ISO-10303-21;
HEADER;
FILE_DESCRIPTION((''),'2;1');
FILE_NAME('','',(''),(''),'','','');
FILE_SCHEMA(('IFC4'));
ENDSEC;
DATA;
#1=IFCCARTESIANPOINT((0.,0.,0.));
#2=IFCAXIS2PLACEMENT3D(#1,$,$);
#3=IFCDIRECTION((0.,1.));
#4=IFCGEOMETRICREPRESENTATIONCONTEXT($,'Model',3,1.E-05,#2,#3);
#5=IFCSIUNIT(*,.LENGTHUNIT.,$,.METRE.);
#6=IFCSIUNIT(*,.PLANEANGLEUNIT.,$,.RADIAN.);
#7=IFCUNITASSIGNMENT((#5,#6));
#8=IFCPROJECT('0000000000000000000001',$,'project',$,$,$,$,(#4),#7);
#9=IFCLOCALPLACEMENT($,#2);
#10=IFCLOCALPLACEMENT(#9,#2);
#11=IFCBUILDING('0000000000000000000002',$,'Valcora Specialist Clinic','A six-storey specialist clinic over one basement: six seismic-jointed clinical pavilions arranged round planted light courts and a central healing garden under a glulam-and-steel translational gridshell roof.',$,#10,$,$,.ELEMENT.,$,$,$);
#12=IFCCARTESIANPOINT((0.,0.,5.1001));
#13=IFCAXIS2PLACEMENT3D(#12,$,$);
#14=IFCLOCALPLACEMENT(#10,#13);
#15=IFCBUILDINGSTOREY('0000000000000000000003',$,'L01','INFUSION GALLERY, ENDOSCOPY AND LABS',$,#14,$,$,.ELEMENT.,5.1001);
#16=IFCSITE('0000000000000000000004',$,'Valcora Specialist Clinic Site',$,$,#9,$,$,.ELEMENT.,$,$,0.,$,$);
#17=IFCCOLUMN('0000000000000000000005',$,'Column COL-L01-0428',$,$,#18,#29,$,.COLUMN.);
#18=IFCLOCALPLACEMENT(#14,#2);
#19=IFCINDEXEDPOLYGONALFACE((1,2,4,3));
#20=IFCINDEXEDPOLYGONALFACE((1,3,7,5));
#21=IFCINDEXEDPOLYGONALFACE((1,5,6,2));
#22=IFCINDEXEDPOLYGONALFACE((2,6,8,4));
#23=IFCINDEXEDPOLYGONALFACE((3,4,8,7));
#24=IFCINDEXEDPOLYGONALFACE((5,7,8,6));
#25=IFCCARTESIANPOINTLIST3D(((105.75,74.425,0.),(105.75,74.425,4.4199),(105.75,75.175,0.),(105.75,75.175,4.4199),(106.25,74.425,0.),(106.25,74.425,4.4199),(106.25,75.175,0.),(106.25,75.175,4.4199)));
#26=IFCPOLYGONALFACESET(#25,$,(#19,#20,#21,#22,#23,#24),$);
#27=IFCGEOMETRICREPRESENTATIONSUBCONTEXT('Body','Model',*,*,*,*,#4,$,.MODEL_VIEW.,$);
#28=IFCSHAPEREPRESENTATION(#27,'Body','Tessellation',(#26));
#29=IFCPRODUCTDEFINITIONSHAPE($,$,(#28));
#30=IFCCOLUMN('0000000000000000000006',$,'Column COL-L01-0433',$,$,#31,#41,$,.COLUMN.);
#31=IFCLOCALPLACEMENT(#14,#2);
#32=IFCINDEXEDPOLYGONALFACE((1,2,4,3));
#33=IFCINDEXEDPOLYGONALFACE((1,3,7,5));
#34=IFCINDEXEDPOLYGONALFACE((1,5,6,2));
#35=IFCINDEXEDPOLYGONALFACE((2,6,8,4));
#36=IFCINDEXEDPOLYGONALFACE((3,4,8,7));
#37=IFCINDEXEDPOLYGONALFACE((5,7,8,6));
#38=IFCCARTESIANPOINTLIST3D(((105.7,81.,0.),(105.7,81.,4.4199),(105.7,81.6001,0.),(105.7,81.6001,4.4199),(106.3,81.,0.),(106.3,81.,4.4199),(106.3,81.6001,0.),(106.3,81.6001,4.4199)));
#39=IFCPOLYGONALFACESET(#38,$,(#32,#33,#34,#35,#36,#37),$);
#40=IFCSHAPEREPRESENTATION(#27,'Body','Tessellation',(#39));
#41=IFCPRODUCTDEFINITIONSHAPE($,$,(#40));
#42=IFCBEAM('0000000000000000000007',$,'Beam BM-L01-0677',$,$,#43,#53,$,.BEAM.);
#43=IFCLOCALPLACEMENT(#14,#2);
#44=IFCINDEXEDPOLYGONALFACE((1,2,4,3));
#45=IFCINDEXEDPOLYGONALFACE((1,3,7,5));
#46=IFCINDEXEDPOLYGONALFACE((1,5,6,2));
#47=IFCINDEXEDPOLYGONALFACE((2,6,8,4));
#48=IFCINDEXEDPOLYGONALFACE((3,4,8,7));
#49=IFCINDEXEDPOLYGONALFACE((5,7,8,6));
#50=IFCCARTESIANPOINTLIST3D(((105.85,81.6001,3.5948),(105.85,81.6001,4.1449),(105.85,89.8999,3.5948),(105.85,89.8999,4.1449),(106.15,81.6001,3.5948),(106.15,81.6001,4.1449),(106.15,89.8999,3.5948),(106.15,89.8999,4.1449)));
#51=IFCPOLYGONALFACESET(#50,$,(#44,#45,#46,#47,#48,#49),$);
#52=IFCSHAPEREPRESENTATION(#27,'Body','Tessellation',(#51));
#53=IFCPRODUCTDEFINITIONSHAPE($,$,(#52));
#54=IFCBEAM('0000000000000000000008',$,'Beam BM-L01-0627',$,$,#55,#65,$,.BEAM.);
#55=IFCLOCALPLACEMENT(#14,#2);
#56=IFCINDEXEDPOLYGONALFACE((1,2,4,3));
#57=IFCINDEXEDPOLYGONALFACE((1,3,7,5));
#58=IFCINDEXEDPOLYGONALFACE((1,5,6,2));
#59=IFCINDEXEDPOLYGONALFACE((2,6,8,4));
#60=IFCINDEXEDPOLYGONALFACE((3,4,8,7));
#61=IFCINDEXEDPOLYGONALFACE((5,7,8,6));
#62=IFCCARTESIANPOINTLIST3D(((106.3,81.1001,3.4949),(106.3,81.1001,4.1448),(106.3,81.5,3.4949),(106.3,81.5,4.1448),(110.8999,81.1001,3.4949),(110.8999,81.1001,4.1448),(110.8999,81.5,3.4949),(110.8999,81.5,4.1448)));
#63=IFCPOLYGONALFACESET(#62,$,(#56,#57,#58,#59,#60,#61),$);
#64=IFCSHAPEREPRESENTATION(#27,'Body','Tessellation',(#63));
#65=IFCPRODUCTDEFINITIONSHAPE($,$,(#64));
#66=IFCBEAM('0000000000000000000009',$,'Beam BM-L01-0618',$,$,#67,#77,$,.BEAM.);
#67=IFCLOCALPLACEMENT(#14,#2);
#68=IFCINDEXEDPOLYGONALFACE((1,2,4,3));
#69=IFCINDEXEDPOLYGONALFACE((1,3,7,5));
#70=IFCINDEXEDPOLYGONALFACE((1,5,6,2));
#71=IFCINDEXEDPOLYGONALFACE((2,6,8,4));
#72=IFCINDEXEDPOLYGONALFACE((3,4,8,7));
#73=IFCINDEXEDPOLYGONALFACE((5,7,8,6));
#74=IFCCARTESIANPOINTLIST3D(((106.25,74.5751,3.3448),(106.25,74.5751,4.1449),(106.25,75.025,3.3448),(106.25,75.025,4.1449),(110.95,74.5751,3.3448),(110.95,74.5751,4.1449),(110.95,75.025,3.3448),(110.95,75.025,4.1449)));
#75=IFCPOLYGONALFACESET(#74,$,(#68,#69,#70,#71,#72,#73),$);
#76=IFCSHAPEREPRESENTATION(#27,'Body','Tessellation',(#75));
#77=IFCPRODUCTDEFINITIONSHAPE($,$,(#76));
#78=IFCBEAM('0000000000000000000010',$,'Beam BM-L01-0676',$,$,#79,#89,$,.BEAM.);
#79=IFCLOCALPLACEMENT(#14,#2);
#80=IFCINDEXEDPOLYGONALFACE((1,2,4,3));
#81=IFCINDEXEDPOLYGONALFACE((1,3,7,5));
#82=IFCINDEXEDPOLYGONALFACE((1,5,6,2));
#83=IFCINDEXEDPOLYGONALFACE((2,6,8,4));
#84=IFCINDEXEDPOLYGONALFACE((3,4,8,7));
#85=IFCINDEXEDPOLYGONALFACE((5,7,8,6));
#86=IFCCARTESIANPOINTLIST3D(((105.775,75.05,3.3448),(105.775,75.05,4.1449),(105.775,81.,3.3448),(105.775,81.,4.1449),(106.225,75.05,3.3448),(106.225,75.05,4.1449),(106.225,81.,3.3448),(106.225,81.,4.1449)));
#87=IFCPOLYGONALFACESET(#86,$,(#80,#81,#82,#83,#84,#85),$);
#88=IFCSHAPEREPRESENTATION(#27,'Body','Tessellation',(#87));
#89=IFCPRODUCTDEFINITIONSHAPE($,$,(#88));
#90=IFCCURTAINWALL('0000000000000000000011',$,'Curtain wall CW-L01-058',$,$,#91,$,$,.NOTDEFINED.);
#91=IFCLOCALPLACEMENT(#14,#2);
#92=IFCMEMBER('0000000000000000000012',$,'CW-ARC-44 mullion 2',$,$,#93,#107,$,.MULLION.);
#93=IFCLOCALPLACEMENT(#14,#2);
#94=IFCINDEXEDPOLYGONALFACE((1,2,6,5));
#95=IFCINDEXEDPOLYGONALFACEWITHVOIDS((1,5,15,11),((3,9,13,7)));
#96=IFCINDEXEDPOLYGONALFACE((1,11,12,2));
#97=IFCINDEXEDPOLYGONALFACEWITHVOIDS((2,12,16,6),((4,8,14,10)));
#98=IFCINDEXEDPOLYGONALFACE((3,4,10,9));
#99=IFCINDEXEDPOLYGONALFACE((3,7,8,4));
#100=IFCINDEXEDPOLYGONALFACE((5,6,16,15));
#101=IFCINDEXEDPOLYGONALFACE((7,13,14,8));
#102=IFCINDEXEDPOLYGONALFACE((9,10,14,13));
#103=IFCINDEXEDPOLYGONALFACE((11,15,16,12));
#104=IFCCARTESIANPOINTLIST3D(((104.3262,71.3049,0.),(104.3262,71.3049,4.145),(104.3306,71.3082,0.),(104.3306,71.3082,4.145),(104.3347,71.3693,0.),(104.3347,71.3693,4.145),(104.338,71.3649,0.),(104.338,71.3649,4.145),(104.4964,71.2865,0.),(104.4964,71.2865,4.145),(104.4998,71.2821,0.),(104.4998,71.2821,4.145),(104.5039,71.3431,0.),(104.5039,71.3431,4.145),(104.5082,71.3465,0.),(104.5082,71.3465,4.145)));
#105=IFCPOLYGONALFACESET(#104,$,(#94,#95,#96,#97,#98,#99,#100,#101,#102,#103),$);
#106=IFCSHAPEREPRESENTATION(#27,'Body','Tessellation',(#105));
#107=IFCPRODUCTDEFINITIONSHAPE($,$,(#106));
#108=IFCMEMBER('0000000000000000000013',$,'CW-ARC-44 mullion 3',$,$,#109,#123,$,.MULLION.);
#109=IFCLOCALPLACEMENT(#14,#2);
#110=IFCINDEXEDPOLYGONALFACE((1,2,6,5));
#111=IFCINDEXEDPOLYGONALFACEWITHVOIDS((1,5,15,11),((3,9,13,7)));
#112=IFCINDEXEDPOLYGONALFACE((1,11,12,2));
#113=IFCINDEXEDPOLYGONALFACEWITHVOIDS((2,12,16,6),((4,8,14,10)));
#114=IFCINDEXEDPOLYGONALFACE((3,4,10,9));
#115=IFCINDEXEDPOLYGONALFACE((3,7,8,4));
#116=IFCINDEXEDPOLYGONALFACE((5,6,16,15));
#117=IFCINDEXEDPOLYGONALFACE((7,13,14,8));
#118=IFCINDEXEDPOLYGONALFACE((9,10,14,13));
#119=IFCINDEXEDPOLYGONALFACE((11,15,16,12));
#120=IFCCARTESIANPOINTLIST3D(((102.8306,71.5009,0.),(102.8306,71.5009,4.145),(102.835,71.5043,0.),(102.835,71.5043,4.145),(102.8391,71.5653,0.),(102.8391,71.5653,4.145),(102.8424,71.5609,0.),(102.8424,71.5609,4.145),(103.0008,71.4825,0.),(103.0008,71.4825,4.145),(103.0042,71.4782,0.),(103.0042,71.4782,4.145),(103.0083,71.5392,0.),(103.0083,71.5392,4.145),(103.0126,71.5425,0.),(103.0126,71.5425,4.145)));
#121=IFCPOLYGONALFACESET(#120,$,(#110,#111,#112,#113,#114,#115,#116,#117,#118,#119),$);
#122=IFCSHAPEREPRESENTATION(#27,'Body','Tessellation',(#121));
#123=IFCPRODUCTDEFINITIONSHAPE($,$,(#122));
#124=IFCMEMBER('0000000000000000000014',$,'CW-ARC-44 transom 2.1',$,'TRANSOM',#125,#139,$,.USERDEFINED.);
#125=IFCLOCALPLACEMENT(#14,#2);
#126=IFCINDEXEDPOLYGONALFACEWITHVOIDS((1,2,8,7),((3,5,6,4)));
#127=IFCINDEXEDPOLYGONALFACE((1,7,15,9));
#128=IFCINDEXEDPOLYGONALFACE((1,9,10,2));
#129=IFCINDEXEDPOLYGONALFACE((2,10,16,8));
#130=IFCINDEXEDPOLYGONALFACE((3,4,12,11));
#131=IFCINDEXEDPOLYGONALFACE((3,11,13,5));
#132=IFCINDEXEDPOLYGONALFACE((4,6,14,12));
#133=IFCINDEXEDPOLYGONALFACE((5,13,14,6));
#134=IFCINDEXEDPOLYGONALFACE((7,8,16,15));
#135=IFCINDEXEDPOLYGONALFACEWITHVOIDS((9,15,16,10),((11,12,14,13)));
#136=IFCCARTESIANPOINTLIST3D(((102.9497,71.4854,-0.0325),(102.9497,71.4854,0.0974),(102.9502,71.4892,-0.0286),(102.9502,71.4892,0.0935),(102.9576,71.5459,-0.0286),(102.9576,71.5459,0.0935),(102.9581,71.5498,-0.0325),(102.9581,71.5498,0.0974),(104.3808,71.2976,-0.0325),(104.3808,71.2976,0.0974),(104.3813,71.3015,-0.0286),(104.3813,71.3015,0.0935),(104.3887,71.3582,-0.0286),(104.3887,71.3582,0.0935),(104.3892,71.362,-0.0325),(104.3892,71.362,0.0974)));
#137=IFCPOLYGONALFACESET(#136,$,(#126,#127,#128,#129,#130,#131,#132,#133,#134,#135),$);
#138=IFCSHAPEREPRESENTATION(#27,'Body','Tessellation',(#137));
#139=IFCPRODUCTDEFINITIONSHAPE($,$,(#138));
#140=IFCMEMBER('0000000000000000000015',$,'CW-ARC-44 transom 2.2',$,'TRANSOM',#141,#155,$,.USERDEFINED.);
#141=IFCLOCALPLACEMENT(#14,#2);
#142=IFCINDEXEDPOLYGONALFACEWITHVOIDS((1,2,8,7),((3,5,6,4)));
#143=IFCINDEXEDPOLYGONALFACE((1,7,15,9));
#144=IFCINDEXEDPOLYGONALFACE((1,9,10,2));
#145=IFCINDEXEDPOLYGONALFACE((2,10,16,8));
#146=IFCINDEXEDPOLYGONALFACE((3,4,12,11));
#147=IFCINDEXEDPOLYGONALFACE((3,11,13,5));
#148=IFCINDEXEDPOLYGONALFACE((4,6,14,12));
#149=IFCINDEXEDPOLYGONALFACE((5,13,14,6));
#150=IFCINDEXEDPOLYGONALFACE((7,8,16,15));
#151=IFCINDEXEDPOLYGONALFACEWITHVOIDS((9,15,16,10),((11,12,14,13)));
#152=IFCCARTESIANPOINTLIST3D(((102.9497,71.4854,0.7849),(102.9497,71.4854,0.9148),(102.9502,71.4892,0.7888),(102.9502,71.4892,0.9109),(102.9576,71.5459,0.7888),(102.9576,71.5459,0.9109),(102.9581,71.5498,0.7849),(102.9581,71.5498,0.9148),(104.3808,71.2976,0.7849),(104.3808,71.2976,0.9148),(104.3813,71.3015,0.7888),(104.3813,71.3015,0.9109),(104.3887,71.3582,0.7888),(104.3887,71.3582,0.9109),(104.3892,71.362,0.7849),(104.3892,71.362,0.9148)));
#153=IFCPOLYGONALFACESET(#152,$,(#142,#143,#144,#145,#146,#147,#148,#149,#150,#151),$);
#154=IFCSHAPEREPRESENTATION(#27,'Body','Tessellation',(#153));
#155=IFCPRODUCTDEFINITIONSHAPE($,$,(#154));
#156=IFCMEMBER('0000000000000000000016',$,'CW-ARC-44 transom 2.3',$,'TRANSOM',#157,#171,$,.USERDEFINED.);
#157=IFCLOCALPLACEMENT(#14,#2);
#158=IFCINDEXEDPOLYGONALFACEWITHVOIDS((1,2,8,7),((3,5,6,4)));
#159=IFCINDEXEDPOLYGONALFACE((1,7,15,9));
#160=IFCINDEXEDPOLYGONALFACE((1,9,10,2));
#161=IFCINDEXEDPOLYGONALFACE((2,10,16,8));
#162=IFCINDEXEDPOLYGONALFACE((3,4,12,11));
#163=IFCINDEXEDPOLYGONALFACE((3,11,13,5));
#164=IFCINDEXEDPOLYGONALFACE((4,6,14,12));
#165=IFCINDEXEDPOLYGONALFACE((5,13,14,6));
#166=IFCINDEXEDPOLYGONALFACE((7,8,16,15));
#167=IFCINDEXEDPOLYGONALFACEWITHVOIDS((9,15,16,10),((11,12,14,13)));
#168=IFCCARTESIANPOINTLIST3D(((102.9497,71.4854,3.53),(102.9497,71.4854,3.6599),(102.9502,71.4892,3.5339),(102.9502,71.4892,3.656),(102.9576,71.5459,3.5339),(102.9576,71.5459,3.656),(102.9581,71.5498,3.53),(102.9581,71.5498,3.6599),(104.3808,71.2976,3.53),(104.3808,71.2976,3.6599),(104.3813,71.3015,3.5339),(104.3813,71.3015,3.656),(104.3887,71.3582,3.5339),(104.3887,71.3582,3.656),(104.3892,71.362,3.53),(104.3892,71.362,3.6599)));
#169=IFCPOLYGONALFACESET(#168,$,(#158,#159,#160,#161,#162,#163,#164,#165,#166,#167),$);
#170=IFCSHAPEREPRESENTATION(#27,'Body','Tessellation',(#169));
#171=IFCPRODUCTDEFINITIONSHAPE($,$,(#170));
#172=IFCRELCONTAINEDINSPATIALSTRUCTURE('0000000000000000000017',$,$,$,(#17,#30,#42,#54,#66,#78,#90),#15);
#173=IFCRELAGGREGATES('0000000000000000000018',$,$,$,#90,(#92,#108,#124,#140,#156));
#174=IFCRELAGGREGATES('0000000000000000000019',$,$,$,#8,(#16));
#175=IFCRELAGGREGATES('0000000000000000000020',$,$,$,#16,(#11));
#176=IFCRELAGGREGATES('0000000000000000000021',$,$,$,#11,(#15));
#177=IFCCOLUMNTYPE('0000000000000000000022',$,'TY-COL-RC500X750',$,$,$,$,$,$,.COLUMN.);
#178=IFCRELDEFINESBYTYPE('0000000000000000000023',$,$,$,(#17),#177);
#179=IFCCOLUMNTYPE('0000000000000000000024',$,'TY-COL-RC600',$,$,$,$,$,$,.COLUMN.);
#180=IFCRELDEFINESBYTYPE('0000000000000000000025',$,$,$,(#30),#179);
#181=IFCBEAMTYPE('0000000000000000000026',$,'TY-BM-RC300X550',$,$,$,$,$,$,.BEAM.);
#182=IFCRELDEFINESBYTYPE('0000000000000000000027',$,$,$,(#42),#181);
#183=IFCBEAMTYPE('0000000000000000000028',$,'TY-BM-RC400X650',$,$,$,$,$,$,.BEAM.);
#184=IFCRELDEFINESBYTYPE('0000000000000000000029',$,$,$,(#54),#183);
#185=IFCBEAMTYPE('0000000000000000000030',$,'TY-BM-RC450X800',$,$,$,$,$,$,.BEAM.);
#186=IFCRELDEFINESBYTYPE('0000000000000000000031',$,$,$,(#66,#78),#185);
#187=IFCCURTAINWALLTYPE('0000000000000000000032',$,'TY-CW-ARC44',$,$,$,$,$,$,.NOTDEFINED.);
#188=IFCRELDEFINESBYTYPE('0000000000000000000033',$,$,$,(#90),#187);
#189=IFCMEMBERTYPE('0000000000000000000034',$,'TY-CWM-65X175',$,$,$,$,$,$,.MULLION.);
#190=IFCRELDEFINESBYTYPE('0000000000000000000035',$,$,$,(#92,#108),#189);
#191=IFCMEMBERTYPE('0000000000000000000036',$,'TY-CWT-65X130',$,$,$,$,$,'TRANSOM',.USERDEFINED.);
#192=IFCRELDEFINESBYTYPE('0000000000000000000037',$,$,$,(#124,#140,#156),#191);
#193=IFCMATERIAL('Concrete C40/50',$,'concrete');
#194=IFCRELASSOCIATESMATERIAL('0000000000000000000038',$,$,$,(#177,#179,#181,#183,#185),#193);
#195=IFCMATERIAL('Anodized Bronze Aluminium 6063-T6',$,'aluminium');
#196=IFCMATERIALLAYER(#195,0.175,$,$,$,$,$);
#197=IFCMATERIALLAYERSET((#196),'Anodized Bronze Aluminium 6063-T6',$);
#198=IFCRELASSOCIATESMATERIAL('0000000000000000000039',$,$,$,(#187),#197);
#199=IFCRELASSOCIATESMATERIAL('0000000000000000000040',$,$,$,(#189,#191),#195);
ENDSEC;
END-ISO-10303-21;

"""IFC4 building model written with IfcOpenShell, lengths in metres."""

from ifc_helpers import new_model, si_unit, direction, frame, origin, origin_2d, place, context, subcontext, project, spatial, rectangle, hollow_rectangle, extrude, material, layer, layer_set, material_profile, profile_set, type_object, element, aggregate, save


model = new_model("IFC4")

# Units and contexts
model_context = context("Model", 3, precision=1e-05, world=origin(), true_north=direction((0.0, 1.0)))
body_context = subcontext(model_context, "Body", "Model", "MODEL_VIEW")
ifc_project = project(units=[si_unit("LENGTHUNIT", "METRE"), si_unit("PLANEANGLEUNIT", "RADIAN")], contexts=[model_context])

# Site, building, storey
site_placement = place(None, origin())
site = spatial("IfcSite", under=ifc_project, at=site_placement, Name="Valcora Specialist Clinic Site", CompositionType="ELEMENT", RefElevation=0.0)
building_placement = place(site_placement, origin())
building = spatial("IfcBuilding", under=site, at=building_placement, Name="Valcora Specialist Clinic", Description="A six-storey specialist clinic over one basement: six seismic-jointed clinical pavilions arranged round planted light courts and a central healing garden under a glulam-and-steel translational gridshell roof.", CompositionType="ELEMENT")
storey_placement = place(building_placement, frame((0.0, 0.0, 5.1001)))
storey = spatial("IfcBuildingStorey", under=building, at=storey_placement, Name="L01", Description="INFUSION GALLERY, ENDOSCOPY AND LABS", CompositionType="ELEMENT", Elevation=5.1001)

# Columns
ifc_material_1 = material(Name="Concrete C40/50", Category="concrete")
ifc_material_profile_1 = material_profile(ifc_material_1, rectangle(XDim=0.5, YDim=0.75, at=origin_2d()), Name="RC-COL-500X750")
ifc_profile_set_1 = profile_set([ifc_material_profile_1], Name="Concrete C40/50")
column_type_1 = type_object("IfcColumnType", Name="TY-COL-RC500X750", PredefinedType="COLUMN", material=ifc_profile_set_1)
column_1_placement = place(storey_placement, frame((106.0, 74.8, 0.0), z_axis=(0.0, 0.0, 1.0), x_axis=(1.0, 0.0, 0.0)))
element("IfcColumn", 1, at=column_1_placement, inside=storey, type_object=column_type_1, Name="Column COL-L01-0428", PredefinedType="COLUMN", context=body_context, shape_type="SweptSolid", body=[
    extrude(rectangle(XDim=0.5, YDim=0.75, at=origin_2d()), origin(), (0.0, 0.0, 1.0), 4.4199),
])
ifc_material_profile_2 = material_profile(ifc_material_1, rectangle(XDim=0.6001, YDim=0.6001, at=origin_2d()), Name="RC-COL-600X600")
ifc_profile_set_2 = profile_set([ifc_material_profile_2], Name="Concrete C40/50")
column_type_2 = type_object("IfcColumnType", Name="TY-COL-RC600", PredefinedType="COLUMN", material=ifc_profile_set_2)
column_2_placement = place(storey_placement, frame((106.0, 81.3, 0.0), z_axis=(0.0, 0.0, 1.0), x_axis=(1.0, 0.0, 0.0)))
element("IfcColumn", 2, at=column_2_placement, inside=storey, type_object=column_type_2, Name="Column COL-L01-0433", PredefinedType="COLUMN", context=body_context, shape_type="SweptSolid", body=[
    extrude(rectangle(XDim=0.6001, YDim=0.6001, at=origin_2d()), origin(), (0.0, 0.0, 1.0), 4.4199),
])

# Beams
ifc_material_profile_3 = material_profile(ifc_material_1, rectangle(XDim=0.3, YDim=0.55, at=origin_2d()), Name="RC-BM-300X550")
ifc_profile_set_3 = profile_set([ifc_material_profile_3], Name="Concrete C40/50")
beam_type_1 = type_object("IfcBeamType", Name="TY-BM-RC300X550", PredefinedType="BEAM", material=ifc_profile_set_3)
beam_1_placement = place(storey_placement, frame((106.0, 81.6001, 3.8699), z_axis=(0.0, 1.0, 0.0), x_axis=(-1.0, 0.0, 0.0)))
element("IfcBeam", 3, at=beam_1_placement, inside=storey, type_object=beam_type_1, Name="Beam BM-L01-0677", PredefinedType="BEAM", context=body_context, shape_type="SweptSolid", body=[
    extrude(rectangle(XDim=0.3, YDim=0.55, at=origin_2d()), origin(), (0.0, 0.0, 1.0), 8.2998),
])
ifc_material_profile_4 = material_profile(ifc_material_1, rectangle(XDim=0.3999, YDim=0.6499, at=origin_2d()), Name="RC-BM-400X650")
ifc_profile_set_4 = profile_set([ifc_material_profile_4], Name="Concrete C40/50")
beam_type_2 = type_object("IfcBeamType", Name="TY-BM-RC400X650", PredefinedType="BEAM", material=ifc_profile_set_4)
beam_2_placement = place(storey_placement, frame((106.3, 81.3, 3.8198), z_axis=(1.0, 0.0, 0.0), x_axis=(0.0, 1.0, 0.0)))
element("IfcBeam", 4, at=beam_2_placement, inside=storey, type_object=beam_type_2, Name="Beam BM-L01-0627", PredefinedType="BEAM", context=body_context, shape_type="SweptSolid", body=[
    extrude(rectangle(XDim=0.3999, YDim=0.6499, at=origin_2d()), origin(), (0.0, 0.0, 1.0), 4.5999),
])
ifc_material_profile_5 = material_profile(ifc_material_1, rectangle(XDim=0.45, YDim=0.8, at=origin_2d()), Name="RC-BM-450X800")
ifc_profile_set_5 = profile_set([ifc_material_profile_5], Name="Concrete C40/50")
beam_type_3 = type_object("IfcBeamType", Name="TY-BM-RC450X800", PredefinedType="BEAM", material=ifc_profile_set_5)
beam_3_placement = place(storey_placement, frame((106.25, 74.8, 3.7449), z_axis=(1.0, 0.0, 0.0), x_axis=(0.0, 1.0, 0.0)))
element("IfcBeam", 5, at=beam_3_placement, inside=storey, type_object=beam_type_3, Name="Beam BM-L01-0618", PredefinedType="BEAM", context=body_context, shape_type="SweptSolid", body=[
    extrude(rectangle(XDim=0.45, YDim=0.8, at=origin_2d()), origin(), (0.0, 0.0, 1.0), 4.7),
])
beam_4_placement = place(storey_placement, frame((106.0, 75.05, 3.7449), z_axis=(0.0, 1.0, 0.0), x_axis=(-1.0, 0.0, 0.0)))
element("IfcBeam", 6, at=beam_4_placement, inside=storey, type_object=beam_type_3, Name="Beam BM-L01-0676", PredefinedType="BEAM", context=body_context, shape_type="SweptSolid", body=[
    extrude(rectangle(XDim=0.45, YDim=0.8, at=origin_2d()), origin(), (0.0, 0.0, 1.0), 5.95),
])

# Curtain wall, members
ifc_material_2 = material(Name="Anodized Bronze Aluminium 6063-T6", Category="aluminium")
ifc_layer_1 = layer(ifc_material_2, 0.175)
ifc_layer_set_1 = layer_set([ifc_layer_1], Name="Anodized Bronze Aluminium 6063-T6")
curtain_wall_type = type_object("IfcCurtainWallType", Name="TY-CW-ARC44", PredefinedType="NOTDEFINED", material=ifc_layer_set_1)
curtain_wall_placement = place(storey_placement, origin())
curtain_wall = element("IfcCurtainWall", 7, at=curtain_wall_placement, inside=storey, type_object=curtain_wall_type, Name="Curtain wall CW-L01-058", PredefinedType="NOTDEFINED")
ifc_material_profile_6 = material_profile(ifc_material_2, hollow_rectangle(XDim=0.0649, YDim=0.175, WallThickness=0.0039, at=origin_2d()), Name="AL-MUL-65X175")
ifc_profile_set_6 = profile_set([ifc_material_profile_6], Name="Anodized Bronze Aluminium 6063-T6")
member_type_1 = type_object("IfcMemberType", Name="TY-CWM-65X175", PredefinedType="MULLION", material=ifc_profile_set_6)
member_1_placement = place(storey_placement, frame((104.4172, 71.3257, 0.0), z_axis=(0.0, 0.0, 1.0), x_axis=(-0.129999, -0.991514, 0.0)))
member_1 = element("IfcMember", 8, at=member_1_placement, type_object=member_type_1, Name="CW-ARC-44 mullion 2", PredefinedType="MULLION", context=body_context, shape_type="SweptSolid", body=[
    extrude(hollow_rectangle(XDim=0.0649, YDim=0.175, WallThickness=0.0039, at=origin_2d()), origin(), (0.0, 0.0, 1.0), 4.145),
])
member_2_placement = place(storey_placement, frame((102.9216, 71.5217, 0.0), z_axis=(0.0, 0.0, 1.0), x_axis=(-0.129999, -0.991514, 0.0)))
member_2 = element("IfcMember", 9, at=member_2_placement, type_object=member_type_1, Name="CW-ARC-44 mullion 3", PredefinedType="MULLION", context=body_context, shape_type="SweptSolid", body=[
    extrude(hollow_rectangle(XDim=0.0649, YDim=0.175, WallThickness=0.0039, at=origin_2d()), origin(), (0.0, 0.0, 1.0), 4.145),
])
ifc_material_profile_7 = material_profile(ifc_material_2, hollow_rectangle(XDim=0.0649, YDim=0.1299, WallThickness=0.0039, at=origin_2d()), Name="AL-TRN-65X130")
ifc_profile_set_7 = profile_set([ifc_material_profile_7], Name="Anodized Bronze Aluminium 6063-T6")
member_type_2 = type_object("IfcMemberType", Name="TY-CWT-65X130", ElementType="TRANSOM", PredefinedType="USERDEFINED", material=ifc_profile_set_7)
member_3_placement = place(storey_placement, frame((104.385, 71.3298, 0.0325), z_axis=(-0.991505, 0.130069, 0.0), x_axis=(-0.130069, -0.991505, 0.0)))
member_3 = element("IfcMember", 10, at=member_3_placement, type_object=member_type_2, Name="CW-ARC-44 transom 2.1", ObjectType="TRANSOM", PredefinedType="USERDEFINED", context=body_context, shape_type="SweptSolid", body=[
    extrude(hollow_rectangle(XDim=0.0649, YDim=0.1299, WallThickness=0.0039, at=origin_2d()), origin(), (0.0, 0.0, 1.0), 1.4434),
])
member_4_placement = place(storey_placement, frame((104.385, 71.3298, 0.8499), z_axis=(-0.991505, 0.130069, 0.0), x_axis=(-0.130069, -0.991505, 0.0)))
member_4 = element("IfcMember", 11, at=member_4_placement, type_object=member_type_2, Name="CW-ARC-44 transom 2.2", ObjectType="TRANSOM", PredefinedType="USERDEFINED", context=body_context, shape_type="SweptSolid", body=[
    extrude(hollow_rectangle(XDim=0.0649, YDim=0.1299, WallThickness=0.0039, at=origin_2d()), origin(), (0.0, 0.0, 1.0), 1.4434),
])
member_5_placement = place(storey_placement, frame((104.385, 71.3298, 3.595), z_axis=(-0.991505, 0.130069, 0.0), x_axis=(-0.130069, -0.991505, 0.0)))
member_5 = element("IfcMember", 12, at=member_5_placement, type_object=member_type_2, Name="CW-ARC-44 transom 2.3", ObjectType="TRANSOM", PredefinedType="USERDEFINED", context=body_context, shape_type="SweptSolid", body=[
    extrude(hollow_rectangle(XDim=0.0649, YDim=0.1299, WallThickness=0.0039, at=origin_2d()), origin(), (0.0, 0.0, 1.0), 1.4434),
])
aggregate(curtain_wall, [member_1, member_2, member_3, member_4, member_5])

save(model, "model.ifc")
